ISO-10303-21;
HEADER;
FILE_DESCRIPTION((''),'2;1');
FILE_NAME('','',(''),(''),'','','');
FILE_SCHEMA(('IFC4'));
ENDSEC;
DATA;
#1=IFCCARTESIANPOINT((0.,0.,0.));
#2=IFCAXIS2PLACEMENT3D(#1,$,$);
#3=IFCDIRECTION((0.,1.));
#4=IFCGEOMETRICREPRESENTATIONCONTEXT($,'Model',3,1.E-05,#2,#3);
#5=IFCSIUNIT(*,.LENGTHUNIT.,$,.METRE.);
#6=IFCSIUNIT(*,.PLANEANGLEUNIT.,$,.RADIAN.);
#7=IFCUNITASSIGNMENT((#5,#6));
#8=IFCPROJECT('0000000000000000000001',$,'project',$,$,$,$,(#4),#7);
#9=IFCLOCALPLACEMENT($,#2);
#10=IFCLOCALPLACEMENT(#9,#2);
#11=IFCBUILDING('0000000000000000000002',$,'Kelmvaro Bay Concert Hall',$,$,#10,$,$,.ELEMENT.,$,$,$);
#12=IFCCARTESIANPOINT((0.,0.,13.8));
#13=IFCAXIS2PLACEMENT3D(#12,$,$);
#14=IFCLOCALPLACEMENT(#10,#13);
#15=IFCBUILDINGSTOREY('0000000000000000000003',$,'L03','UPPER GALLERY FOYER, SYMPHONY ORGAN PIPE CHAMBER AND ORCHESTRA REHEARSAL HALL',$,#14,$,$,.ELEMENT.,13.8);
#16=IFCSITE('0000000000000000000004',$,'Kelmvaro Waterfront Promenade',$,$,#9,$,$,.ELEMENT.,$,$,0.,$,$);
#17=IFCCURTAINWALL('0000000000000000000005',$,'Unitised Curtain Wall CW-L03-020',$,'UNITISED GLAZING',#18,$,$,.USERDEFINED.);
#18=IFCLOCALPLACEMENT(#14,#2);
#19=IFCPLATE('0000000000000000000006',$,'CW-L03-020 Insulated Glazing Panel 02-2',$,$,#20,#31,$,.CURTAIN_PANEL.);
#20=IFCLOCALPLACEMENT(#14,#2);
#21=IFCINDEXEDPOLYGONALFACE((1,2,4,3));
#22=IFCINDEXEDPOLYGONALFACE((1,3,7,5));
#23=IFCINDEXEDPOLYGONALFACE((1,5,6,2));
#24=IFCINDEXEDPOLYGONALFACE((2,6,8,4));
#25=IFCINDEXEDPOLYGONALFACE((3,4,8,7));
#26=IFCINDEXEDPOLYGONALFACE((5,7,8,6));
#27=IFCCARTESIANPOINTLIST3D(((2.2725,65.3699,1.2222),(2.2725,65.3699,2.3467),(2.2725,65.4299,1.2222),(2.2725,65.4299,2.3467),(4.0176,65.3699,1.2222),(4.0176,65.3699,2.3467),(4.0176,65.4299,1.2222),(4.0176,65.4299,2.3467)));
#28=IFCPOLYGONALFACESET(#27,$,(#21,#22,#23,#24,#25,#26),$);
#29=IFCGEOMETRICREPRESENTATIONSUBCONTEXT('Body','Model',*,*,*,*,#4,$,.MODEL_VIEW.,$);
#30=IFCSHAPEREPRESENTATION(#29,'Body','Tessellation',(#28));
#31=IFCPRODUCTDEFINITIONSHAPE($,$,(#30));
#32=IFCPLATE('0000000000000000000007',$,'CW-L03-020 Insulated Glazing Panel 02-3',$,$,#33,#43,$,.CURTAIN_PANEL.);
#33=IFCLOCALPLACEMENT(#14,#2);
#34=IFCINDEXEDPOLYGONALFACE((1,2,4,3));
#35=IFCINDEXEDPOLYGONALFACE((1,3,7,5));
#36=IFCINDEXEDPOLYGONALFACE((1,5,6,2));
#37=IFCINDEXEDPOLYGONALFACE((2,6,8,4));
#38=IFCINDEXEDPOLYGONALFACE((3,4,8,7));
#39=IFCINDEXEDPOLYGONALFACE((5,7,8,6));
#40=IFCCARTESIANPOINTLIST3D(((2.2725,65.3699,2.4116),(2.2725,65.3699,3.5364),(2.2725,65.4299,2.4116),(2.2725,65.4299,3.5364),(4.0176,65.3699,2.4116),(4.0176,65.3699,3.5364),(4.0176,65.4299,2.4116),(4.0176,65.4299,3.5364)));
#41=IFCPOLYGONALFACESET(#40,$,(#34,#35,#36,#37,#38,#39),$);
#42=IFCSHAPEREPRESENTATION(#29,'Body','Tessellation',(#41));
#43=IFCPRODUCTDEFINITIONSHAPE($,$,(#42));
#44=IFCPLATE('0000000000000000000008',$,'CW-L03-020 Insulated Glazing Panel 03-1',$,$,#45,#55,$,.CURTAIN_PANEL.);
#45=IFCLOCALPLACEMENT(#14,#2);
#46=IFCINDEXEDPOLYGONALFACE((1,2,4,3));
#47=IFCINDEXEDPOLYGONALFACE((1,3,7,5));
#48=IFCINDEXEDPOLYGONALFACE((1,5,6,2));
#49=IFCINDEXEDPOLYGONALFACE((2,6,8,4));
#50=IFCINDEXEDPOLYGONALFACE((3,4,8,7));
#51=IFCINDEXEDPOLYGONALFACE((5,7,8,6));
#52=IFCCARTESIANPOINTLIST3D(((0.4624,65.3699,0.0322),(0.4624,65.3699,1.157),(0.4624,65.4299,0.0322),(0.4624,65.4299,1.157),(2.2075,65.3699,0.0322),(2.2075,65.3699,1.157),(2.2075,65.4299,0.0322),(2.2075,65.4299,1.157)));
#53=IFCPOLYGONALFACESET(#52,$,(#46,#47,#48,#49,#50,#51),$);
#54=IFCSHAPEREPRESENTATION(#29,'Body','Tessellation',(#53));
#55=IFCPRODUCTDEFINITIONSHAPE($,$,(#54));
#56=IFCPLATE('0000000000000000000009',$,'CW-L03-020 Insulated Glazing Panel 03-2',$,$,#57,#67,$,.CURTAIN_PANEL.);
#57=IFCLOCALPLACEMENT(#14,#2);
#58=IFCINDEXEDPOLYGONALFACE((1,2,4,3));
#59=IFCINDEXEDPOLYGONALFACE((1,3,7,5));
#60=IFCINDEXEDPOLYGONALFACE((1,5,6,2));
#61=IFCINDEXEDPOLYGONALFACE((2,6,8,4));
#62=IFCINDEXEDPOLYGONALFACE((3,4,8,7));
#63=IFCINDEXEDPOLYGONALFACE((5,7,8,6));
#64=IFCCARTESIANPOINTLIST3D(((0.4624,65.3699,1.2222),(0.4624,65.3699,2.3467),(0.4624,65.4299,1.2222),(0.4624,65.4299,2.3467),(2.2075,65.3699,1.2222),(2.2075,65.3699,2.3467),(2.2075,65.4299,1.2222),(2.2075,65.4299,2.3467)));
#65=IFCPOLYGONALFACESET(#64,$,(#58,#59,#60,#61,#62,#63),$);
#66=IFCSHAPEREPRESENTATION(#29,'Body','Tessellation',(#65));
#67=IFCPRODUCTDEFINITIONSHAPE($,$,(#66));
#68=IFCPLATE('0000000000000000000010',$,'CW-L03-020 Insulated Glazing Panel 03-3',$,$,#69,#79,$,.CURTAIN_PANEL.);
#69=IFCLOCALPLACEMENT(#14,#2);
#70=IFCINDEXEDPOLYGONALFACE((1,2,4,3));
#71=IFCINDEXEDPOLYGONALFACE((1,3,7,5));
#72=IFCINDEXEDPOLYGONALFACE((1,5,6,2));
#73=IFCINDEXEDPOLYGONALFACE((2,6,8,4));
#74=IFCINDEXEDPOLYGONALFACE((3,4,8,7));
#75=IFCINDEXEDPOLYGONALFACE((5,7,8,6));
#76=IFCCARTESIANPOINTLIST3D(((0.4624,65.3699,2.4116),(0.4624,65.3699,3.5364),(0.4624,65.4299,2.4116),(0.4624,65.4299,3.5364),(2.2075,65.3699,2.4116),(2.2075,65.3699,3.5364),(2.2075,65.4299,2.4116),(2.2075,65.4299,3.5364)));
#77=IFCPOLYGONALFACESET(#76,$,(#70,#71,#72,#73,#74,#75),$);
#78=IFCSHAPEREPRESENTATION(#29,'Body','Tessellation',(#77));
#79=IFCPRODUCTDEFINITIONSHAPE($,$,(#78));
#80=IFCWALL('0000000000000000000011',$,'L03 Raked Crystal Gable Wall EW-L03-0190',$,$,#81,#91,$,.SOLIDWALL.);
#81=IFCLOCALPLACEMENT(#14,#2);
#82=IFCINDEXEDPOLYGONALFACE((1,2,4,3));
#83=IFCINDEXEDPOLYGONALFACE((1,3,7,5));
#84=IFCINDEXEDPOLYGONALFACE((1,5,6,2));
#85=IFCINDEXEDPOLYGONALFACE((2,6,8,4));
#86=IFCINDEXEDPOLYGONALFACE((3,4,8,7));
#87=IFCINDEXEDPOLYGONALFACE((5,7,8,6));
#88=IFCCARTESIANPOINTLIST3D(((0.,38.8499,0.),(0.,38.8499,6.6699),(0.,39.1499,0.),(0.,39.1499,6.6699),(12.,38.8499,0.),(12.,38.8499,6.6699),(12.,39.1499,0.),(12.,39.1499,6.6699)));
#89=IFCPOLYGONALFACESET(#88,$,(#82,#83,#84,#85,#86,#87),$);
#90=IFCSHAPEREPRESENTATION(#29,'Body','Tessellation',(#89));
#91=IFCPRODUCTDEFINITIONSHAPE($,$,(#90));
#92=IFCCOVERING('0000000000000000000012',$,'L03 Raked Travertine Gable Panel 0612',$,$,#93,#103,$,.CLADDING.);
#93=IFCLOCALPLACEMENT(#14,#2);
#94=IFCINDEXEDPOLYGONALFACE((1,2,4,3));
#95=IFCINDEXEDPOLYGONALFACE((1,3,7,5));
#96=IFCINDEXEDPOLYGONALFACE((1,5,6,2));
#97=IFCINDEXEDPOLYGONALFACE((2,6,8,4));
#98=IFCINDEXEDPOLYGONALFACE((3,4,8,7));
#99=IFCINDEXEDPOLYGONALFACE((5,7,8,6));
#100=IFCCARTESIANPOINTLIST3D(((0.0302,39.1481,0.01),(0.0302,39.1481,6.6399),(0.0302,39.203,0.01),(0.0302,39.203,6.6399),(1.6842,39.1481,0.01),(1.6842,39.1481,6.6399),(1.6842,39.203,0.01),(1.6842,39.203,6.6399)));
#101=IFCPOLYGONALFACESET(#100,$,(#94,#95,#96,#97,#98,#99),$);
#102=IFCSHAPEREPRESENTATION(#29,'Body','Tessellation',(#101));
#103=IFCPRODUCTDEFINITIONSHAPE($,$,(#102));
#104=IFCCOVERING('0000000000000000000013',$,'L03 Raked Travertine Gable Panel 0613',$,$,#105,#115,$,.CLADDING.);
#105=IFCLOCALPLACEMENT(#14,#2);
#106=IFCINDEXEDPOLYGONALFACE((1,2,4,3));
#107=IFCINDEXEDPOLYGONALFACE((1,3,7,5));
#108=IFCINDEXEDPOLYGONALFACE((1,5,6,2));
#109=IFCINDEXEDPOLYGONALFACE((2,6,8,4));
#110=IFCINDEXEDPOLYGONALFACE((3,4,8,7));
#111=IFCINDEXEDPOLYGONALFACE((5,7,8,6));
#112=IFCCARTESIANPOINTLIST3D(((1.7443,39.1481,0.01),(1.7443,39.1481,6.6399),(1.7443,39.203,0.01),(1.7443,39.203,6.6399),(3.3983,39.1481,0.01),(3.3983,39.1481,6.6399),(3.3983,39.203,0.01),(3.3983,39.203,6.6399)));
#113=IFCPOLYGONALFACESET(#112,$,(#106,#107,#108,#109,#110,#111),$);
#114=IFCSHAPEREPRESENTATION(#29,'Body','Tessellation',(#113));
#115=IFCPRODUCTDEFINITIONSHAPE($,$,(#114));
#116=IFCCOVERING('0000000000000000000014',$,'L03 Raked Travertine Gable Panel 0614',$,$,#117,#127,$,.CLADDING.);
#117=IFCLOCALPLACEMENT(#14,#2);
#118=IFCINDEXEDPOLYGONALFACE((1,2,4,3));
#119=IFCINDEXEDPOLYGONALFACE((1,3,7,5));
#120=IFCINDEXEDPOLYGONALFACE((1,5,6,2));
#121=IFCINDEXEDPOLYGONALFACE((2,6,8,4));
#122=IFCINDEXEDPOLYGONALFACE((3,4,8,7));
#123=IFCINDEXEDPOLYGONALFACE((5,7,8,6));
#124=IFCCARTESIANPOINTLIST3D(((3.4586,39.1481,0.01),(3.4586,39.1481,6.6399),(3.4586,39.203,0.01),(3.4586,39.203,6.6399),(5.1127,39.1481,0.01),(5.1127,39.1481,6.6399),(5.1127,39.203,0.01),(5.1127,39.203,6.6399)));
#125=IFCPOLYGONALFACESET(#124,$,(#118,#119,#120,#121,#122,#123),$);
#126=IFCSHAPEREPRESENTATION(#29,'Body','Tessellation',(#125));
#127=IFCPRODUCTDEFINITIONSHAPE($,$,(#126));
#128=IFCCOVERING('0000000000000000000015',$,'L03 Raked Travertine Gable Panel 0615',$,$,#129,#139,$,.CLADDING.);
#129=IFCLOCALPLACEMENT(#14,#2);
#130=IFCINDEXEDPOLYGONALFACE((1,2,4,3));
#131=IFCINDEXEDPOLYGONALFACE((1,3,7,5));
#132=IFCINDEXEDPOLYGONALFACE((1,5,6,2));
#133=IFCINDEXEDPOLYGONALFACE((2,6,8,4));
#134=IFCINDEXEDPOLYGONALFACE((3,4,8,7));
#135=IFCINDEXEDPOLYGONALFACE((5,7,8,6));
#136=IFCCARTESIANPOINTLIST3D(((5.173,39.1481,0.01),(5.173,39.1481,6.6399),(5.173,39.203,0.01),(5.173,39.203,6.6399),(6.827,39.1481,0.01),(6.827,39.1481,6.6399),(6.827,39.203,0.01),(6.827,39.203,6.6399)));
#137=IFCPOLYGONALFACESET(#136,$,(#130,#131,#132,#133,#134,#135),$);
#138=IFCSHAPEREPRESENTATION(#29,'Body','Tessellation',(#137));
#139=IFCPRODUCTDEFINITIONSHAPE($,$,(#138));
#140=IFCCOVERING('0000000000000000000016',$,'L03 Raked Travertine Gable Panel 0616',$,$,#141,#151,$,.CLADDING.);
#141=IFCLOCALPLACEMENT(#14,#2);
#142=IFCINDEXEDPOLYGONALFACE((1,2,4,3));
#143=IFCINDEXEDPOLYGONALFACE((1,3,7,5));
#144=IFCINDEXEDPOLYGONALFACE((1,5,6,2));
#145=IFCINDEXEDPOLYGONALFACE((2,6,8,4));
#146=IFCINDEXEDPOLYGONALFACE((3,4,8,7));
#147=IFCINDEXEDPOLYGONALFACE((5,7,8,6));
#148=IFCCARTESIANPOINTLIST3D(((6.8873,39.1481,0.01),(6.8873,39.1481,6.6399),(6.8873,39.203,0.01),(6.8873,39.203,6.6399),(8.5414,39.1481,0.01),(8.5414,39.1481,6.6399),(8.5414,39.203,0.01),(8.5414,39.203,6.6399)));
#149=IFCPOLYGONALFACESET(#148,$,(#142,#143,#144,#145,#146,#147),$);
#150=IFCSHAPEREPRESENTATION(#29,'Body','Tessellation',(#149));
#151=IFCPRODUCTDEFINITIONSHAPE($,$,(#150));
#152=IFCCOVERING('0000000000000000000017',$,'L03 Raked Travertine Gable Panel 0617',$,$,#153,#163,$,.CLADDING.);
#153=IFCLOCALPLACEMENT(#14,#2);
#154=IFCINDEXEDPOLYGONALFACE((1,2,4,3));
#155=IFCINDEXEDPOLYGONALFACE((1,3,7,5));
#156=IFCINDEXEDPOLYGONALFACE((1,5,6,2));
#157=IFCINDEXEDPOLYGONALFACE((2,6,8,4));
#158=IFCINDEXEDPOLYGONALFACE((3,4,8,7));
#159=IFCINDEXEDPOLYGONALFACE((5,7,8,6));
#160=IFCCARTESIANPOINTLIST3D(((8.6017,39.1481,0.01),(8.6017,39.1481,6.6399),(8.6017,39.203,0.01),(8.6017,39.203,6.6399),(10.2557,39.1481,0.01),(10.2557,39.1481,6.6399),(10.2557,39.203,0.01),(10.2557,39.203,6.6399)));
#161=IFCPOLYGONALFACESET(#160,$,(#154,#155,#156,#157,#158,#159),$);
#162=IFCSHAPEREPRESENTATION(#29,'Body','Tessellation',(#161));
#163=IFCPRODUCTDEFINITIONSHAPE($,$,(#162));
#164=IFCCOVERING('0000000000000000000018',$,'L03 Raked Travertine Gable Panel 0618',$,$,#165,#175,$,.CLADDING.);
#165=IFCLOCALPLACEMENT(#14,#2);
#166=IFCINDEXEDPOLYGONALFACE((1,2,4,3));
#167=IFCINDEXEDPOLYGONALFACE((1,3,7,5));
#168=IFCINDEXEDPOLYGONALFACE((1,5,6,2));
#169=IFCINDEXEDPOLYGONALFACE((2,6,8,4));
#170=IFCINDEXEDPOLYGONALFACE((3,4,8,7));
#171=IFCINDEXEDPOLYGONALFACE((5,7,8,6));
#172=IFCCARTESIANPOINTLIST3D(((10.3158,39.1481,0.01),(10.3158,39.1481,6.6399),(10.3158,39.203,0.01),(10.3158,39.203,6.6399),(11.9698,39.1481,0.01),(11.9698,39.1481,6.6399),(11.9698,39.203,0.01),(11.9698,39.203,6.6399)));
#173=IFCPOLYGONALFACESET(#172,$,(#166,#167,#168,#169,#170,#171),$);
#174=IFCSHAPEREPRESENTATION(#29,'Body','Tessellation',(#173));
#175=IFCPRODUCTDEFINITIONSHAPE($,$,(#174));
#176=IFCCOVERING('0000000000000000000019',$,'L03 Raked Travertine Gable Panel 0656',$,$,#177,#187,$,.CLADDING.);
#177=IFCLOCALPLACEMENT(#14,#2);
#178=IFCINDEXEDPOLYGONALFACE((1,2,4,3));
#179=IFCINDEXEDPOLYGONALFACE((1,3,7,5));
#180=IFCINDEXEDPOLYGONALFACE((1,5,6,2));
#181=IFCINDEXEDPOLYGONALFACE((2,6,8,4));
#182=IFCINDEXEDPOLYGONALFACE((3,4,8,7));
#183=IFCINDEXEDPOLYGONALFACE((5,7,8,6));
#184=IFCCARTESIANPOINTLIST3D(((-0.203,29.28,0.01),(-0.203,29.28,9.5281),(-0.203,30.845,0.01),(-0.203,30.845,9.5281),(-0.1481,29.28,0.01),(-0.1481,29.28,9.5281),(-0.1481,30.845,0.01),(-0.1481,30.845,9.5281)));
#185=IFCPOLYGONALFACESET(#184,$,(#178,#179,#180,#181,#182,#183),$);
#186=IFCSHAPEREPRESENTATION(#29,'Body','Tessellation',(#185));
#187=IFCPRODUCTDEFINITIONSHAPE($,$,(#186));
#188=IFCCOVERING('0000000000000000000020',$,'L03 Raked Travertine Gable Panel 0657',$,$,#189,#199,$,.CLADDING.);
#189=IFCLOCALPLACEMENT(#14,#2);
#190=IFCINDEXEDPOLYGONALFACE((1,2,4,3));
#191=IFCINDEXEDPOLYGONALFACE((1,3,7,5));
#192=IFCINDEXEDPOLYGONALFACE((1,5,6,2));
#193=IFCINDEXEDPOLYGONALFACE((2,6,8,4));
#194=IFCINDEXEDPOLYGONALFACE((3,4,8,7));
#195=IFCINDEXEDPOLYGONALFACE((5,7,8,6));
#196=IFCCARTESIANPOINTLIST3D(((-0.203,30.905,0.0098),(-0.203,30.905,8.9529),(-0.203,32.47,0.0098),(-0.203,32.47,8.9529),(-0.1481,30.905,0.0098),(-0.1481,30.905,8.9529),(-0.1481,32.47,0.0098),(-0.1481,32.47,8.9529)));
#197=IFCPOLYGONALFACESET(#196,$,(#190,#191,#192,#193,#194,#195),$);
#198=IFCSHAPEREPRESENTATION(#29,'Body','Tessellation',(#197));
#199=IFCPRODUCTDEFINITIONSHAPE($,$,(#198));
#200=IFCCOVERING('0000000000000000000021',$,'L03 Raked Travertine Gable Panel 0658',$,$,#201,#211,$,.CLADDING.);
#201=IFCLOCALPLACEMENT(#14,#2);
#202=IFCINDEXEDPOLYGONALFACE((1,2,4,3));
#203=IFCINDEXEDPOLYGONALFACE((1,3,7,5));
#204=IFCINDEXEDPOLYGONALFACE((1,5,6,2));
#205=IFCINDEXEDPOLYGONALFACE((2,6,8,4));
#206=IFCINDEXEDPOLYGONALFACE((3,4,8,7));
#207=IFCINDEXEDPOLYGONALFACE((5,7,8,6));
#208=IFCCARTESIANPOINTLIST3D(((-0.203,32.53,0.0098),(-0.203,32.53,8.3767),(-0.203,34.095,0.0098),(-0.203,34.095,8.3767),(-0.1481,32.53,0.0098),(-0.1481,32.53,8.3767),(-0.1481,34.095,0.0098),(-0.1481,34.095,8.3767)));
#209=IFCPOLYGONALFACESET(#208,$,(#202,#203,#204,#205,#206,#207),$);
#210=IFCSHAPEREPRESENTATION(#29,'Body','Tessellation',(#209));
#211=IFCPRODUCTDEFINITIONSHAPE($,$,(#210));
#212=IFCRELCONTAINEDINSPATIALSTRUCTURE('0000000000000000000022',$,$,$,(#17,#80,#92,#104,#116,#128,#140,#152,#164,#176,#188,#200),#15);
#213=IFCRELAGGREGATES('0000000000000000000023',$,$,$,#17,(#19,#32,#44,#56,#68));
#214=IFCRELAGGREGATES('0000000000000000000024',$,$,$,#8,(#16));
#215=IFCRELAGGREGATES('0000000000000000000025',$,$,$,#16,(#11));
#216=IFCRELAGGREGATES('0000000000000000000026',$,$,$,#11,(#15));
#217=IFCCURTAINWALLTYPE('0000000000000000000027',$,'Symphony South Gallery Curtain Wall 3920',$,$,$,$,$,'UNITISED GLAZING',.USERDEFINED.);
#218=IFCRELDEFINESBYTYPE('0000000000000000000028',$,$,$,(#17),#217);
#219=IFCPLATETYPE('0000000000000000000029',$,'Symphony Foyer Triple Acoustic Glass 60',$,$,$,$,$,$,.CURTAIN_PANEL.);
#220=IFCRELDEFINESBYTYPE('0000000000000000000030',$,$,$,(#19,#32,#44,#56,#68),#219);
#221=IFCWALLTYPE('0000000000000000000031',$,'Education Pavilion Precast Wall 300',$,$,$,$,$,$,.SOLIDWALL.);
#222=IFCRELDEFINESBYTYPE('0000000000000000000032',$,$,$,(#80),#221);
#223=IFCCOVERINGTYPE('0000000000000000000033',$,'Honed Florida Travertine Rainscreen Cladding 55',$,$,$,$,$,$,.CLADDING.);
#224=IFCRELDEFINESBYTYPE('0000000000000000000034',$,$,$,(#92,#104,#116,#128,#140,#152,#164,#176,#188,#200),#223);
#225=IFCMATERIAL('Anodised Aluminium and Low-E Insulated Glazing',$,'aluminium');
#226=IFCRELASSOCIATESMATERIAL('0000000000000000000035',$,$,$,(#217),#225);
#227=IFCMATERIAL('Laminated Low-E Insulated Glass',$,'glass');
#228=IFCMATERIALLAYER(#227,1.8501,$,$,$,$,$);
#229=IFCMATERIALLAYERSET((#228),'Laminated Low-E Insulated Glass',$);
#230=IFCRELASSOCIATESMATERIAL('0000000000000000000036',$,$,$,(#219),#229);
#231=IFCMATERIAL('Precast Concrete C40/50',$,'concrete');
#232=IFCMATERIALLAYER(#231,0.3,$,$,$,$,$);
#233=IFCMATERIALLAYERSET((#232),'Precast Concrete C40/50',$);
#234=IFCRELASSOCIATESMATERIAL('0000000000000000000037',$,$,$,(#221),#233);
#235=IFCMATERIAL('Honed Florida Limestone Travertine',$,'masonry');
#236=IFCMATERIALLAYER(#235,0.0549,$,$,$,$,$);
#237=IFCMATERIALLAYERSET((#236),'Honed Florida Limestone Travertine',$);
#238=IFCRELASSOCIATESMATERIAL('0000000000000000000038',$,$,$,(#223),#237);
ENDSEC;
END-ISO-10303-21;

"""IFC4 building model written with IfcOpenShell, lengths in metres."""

from ifc_helpers import new_model, si_unit, direction, frame, origin, origin_2d, place, context, subcontext, project, spatial, polyline, rectangle, outline, extrude, material, layer, layer_set, type_object, element, aggregate, save


model = new_model("IFC4")

# Units and contexts
model_context = context("Model", 3, precision=1e-05, world=origin(), true_north=direction((0.0, 1.0)))
body_context = subcontext(model_context, "Body", "Model", "MODEL_VIEW")
ifc_project = project(units=[si_unit("LENGTHUNIT", "METRE"), si_unit("PLANEANGLEUNIT", "RADIAN")], contexts=[model_context])

# Site, building, storey
site_placement = place(None, origin())
site = spatial("IfcSite", under=ifc_project, at=site_placement, Name="Kelmvaro Waterfront Promenade", CompositionType="ELEMENT", RefElevation=0.0)
building_placement = place(site_placement, origin())
building = spatial("IfcBuilding", under=site, at=building_placement, Name="Kelmvaro Bay Concert Hall", CompositionType="ELEMENT")
storey_placement = place(building_placement, frame((0.0, 0.0, 13.8)))
storey = spatial("IfcBuildingStorey", under=building, at=storey_placement, Name="L03", Description="UPPER GALLERY FOYER, SYMPHONY ORGAN PIPE CHAMBER AND ORCHESTRA REHEARSAL HALL", CompositionType="ELEMENT", Elevation=13.8)

# Curtain wall
ifc_material_1 = material(Name="Anodised Aluminium and Low-E Insulated Glazing", Category="aluminium")
curtain_wall_type = type_object("IfcCurtainWallType", Name="Symphony South Gallery Curtain Wall 3920", ElementType="UNITISED GLAZING", PredefinedType="USERDEFINED", material=ifc_material_1)
curtain_wall_placement = place(storey_placement, origin())
curtain_wall = element("IfcCurtainWall", 1, at=curtain_wall_placement, inside=storey, type_object=curtain_wall_type, Name="Unitised Curtain Wall CW-L03-020", ObjectType="UNITISED GLAZING", PredefinedType="USERDEFINED")

# Plates
ifc_material_2 = material(Name="Laminated Low-E Insulated Glass", Category="glass")
ifc_layer_1 = layer(ifc_material_2, 1.8501)
ifc_layer_set_1 = layer_set([ifc_layer_1], Name="Laminated Low-E Insulated Glass")
plate_type = type_object("IfcPlateType", Name="Symphony Foyer Triple Acoustic Glass 60", PredefinedType="CURTAIN_PANEL", material=ifc_layer_set_1)
plate_1_placement = place(storey_placement, frame((3.145, 65.3999, 1.2222), z_axis=(0.0, 0.0, 1.0), x_axis=(-1.0, 0.0, 0.0)))
plate_1 = element("IfcPlate", 2, at=plate_1_placement, type_object=plate_type, Name="CW-L03-020 Insulated Glazing Panel 02-2", PredefinedType="CURTAIN_PANEL", context=body_context, shape_type="SweptSolid", body=[
    extrude(rectangle(XDim=1.7451, YDim=0.0601, at=origin_2d()), origin(), (0.0, 0.0, 1.0), 1.1245),
])
plate_2_placement = place(storey_placement, frame((3.145, 65.3999, 2.4116), z_axis=(0.0, 0.0, 1.0), x_axis=(-1.0, 0.0, 0.0)))
plate_2 = element("IfcPlate", 3, at=plate_2_placement, type_object=plate_type, Name="CW-L03-020 Insulated Glazing Panel 02-3", PredefinedType="CURTAIN_PANEL", context=body_context, shape_type="SweptSolid", body=[
    extrude(rectangle(XDim=1.7451, YDim=0.0601, at=origin_2d()), origin(), (0.0, 0.0, 1.0), 1.1248),
])
plate_3_placement = place(storey_placement, frame((1.335, 65.3999, 0.0322), z_axis=(0.0, 0.0, 1.0), x_axis=(-1.0, 0.0, 0.0)))
plate_3 = element("IfcPlate", 4, at=plate_3_placement, type_object=plate_type, Name="CW-L03-020 Insulated Glazing Panel 03-1", PredefinedType="CURTAIN_PANEL", context=body_context, shape_type="SweptSolid", body=[
    extrude(rectangle(XDim=1.7451, YDim=0.0601, at=origin_2d()), origin(), (0.0, 0.0, 1.0), 1.1248),
])
plate_4_placement = place(storey_placement, frame((1.335, 65.3999, 1.2222), z_axis=(0.0, 0.0, 1.0), x_axis=(-1.0, 0.0, 0.0)))
plate_4 = element("IfcPlate", 5, at=plate_4_placement, type_object=plate_type, Name="CW-L03-020 Insulated Glazing Panel 03-2", PredefinedType="CURTAIN_PANEL", context=body_context, shape_type="SweptSolid", body=[
    extrude(rectangle(XDim=1.7451, YDim=0.0601, at=origin_2d()), origin(), (0.0, 0.0, 1.0), 1.1245),
])
plate_5_placement = place(storey_placement, frame((1.335, 65.3999, 2.4116), z_axis=(0.0, 0.0, 1.0), x_axis=(-1.0, 0.0, 0.0)))
plate_5 = element("IfcPlate", 6, at=plate_5_placement, type_object=plate_type, Name="CW-L03-020 Insulated Glazing Panel 03-3", PredefinedType="CURTAIN_PANEL", context=body_context, shape_type="SweptSolid", body=[
    extrude(rectangle(XDim=1.7451, YDim=0.0601, at=origin_2d()), origin(), (0.0, 0.0, 1.0), 1.1248),
])
aggregate(curtain_wall, [plate_1, plate_2, plate_3, plate_4, plate_5])

# Wall
ifc_material_3 = material(Name="Precast Concrete C40/50", Category="concrete")
ifc_layer_2 = layer(ifc_material_3, 0.3)
ifc_layer_set_2 = layer_set([ifc_layer_2], Name="Precast Concrete C40/50")
wall_type = type_object("IfcWallType", Name="Education Pavilion Precast Wall 300", PredefinedType="SOLIDWALL", material=ifc_layer_set_2)
wall_placement = place(storey_placement, frame((0.0, 39.0, 0.0), z_axis=(0.0, 0.0, 1.0), x_axis=(1.0, 0.0, 0.0)))
element("IfcWall", 7, at=wall_placement, inside=storey, type_object=wall_type, Name="L03 Raked Crystal Gable Wall EW-L03-0190", PredefinedType="SOLIDWALL", context=body_context, shape_type="SweptSolid", body=[
    extrude(outline(polyline([(0.0, 0.0), (12.0, 0.0), (12.0, 6.6699), (0.0, 6.6699), (0.0, 0.0)])), frame((0.0, 0.1499, 0.0), z_axis=(0.0, -1.0, 0.0), x_axis=(1.0, 0.0, 0.0)), (0.0, 0.0, 1.0), 0.3),
])

# Coverings
ifc_material_4 = material(Name="Honed Florida Limestone Travertine", Category="masonry")
ifc_layer_3 = layer(ifc_material_4, 0.0549)
ifc_layer_set_3 = layer_set([ifc_layer_3], Name="Honed Florida Limestone Travertine")
covering_type = type_object("IfcCoveringType", Name="Honed Florida Travertine Rainscreen Cladding 55", PredefinedType="CLADDING", material=ifc_layer_set_3)
for number, where, z_axis, x_axis, name in (
    (8, (0.8572, 39.1755, 0.01), (0.0, 0.0, 1.0), (1.0, 0.0, 0.0), "L03 Raked Travertine Gable Panel 0612"),
    (9, (2.5713, 39.1755, 0.01), (0.0, 0.0, 1.0), (1.0, 0.0, 0.0), "L03 Raked Travertine Gable Panel 0613"),
    (10, (4.2856, 39.1755, 0.01), (0.0, 0.0, 1.0), (1.0, 0.0, 0.0), "L03 Raked Travertine Gable Panel 0614"),
    (11, (6.0, 39.1755, 0.01), (0.0, 0.0, 1.0), (1.0, 0.0, 0.0), "L03 Raked Travertine Gable Panel 0615"),
    (12, (7.7144, 39.1755, 0.01), (0.0, 0.0, 1.0), (1.0, 0.0, 0.0), "L03 Raked Travertine Gable Panel 0616"),
    (13, (9.4287, 39.1755, 0.01), (0.0, 0.0, 1.0), (1.0, 0.0, 0.0), "L03 Raked Travertine Gable Panel 0617"),
    (14, (11.1428, 39.1755, 0.01), (0.0, 0.0, 1.0), (1.0, 0.0, 0.0), "L03 Raked Travertine Gable Panel 0618"),
):
    element("IfcCovering", number, at=place(storey_placement, frame(where, z_axis=z_axis, x_axis=x_axis)), inside=storey, type_object=covering_type, Name=name, PredefinedType="CLADDING", context=body_context, shape_type="SweptSolid", body=[
        extrude(rectangle(XDim=1.6541, YDim=0.0549, at=origin_2d()), origin(), (0.0, 0.0, 1.0), 6.6299),
    ])
covering_1_placement = place(storey_placement, frame((-0.1755, 30.0625, 0.01), z_axis=(0.0, 0.0, 1.0), x_axis=(0.0, 1.0, 0.0)))
element("IfcCovering", 15, at=covering_1_placement, inside=storey, type_object=covering_type, Name="L03 Raked Travertine Gable Panel 0656", PredefinedType="CLADDING", context=body_context, shape_type="SweptSolid", body=[
    extrude(rectangle(XDim=1.5649, YDim=0.0549, at=origin_2d()), origin(), (0.0, 0.0, 1.0), 9.5181),
])
covering_2_placement = place(storey_placement, frame((-0.1755, 31.6875, 0.0098), z_axis=(0.0, 0.0, 1.0), x_axis=(0.0, 1.0, 0.0)))
element("IfcCovering", 16, at=covering_2_placement, inside=storey, type_object=covering_type, Name="L03 Raked Travertine Gable Panel 0657", PredefinedType="CLADDING", context=body_context, shape_type="SweptSolid", body=[
    extrude(rectangle(XDim=1.5649, YDim=0.0549, at=origin_2d()), origin(), (0.0, 0.0, 1.0), 8.9431),
])
covering_3_placement = place(storey_placement, frame((-0.1755, 33.3125, 0.0098), z_axis=(0.0, 0.0, 1.0), x_axis=(0.0, 1.0, 0.0)))
element("IfcCovering", 17, at=covering_3_placement, inside=storey, type_object=covering_type, Name="L03 Raked Travertine Gable Panel 0658", PredefinedType="CLADDING", context=body_context, shape_type="SweptSolid", body=[
    extrude(rectangle(XDim=1.5649, YDim=0.0549, at=origin_2d()), origin(), (0.0, 0.0, 1.0), 8.3669),
])

save(model, "model.ifc")
